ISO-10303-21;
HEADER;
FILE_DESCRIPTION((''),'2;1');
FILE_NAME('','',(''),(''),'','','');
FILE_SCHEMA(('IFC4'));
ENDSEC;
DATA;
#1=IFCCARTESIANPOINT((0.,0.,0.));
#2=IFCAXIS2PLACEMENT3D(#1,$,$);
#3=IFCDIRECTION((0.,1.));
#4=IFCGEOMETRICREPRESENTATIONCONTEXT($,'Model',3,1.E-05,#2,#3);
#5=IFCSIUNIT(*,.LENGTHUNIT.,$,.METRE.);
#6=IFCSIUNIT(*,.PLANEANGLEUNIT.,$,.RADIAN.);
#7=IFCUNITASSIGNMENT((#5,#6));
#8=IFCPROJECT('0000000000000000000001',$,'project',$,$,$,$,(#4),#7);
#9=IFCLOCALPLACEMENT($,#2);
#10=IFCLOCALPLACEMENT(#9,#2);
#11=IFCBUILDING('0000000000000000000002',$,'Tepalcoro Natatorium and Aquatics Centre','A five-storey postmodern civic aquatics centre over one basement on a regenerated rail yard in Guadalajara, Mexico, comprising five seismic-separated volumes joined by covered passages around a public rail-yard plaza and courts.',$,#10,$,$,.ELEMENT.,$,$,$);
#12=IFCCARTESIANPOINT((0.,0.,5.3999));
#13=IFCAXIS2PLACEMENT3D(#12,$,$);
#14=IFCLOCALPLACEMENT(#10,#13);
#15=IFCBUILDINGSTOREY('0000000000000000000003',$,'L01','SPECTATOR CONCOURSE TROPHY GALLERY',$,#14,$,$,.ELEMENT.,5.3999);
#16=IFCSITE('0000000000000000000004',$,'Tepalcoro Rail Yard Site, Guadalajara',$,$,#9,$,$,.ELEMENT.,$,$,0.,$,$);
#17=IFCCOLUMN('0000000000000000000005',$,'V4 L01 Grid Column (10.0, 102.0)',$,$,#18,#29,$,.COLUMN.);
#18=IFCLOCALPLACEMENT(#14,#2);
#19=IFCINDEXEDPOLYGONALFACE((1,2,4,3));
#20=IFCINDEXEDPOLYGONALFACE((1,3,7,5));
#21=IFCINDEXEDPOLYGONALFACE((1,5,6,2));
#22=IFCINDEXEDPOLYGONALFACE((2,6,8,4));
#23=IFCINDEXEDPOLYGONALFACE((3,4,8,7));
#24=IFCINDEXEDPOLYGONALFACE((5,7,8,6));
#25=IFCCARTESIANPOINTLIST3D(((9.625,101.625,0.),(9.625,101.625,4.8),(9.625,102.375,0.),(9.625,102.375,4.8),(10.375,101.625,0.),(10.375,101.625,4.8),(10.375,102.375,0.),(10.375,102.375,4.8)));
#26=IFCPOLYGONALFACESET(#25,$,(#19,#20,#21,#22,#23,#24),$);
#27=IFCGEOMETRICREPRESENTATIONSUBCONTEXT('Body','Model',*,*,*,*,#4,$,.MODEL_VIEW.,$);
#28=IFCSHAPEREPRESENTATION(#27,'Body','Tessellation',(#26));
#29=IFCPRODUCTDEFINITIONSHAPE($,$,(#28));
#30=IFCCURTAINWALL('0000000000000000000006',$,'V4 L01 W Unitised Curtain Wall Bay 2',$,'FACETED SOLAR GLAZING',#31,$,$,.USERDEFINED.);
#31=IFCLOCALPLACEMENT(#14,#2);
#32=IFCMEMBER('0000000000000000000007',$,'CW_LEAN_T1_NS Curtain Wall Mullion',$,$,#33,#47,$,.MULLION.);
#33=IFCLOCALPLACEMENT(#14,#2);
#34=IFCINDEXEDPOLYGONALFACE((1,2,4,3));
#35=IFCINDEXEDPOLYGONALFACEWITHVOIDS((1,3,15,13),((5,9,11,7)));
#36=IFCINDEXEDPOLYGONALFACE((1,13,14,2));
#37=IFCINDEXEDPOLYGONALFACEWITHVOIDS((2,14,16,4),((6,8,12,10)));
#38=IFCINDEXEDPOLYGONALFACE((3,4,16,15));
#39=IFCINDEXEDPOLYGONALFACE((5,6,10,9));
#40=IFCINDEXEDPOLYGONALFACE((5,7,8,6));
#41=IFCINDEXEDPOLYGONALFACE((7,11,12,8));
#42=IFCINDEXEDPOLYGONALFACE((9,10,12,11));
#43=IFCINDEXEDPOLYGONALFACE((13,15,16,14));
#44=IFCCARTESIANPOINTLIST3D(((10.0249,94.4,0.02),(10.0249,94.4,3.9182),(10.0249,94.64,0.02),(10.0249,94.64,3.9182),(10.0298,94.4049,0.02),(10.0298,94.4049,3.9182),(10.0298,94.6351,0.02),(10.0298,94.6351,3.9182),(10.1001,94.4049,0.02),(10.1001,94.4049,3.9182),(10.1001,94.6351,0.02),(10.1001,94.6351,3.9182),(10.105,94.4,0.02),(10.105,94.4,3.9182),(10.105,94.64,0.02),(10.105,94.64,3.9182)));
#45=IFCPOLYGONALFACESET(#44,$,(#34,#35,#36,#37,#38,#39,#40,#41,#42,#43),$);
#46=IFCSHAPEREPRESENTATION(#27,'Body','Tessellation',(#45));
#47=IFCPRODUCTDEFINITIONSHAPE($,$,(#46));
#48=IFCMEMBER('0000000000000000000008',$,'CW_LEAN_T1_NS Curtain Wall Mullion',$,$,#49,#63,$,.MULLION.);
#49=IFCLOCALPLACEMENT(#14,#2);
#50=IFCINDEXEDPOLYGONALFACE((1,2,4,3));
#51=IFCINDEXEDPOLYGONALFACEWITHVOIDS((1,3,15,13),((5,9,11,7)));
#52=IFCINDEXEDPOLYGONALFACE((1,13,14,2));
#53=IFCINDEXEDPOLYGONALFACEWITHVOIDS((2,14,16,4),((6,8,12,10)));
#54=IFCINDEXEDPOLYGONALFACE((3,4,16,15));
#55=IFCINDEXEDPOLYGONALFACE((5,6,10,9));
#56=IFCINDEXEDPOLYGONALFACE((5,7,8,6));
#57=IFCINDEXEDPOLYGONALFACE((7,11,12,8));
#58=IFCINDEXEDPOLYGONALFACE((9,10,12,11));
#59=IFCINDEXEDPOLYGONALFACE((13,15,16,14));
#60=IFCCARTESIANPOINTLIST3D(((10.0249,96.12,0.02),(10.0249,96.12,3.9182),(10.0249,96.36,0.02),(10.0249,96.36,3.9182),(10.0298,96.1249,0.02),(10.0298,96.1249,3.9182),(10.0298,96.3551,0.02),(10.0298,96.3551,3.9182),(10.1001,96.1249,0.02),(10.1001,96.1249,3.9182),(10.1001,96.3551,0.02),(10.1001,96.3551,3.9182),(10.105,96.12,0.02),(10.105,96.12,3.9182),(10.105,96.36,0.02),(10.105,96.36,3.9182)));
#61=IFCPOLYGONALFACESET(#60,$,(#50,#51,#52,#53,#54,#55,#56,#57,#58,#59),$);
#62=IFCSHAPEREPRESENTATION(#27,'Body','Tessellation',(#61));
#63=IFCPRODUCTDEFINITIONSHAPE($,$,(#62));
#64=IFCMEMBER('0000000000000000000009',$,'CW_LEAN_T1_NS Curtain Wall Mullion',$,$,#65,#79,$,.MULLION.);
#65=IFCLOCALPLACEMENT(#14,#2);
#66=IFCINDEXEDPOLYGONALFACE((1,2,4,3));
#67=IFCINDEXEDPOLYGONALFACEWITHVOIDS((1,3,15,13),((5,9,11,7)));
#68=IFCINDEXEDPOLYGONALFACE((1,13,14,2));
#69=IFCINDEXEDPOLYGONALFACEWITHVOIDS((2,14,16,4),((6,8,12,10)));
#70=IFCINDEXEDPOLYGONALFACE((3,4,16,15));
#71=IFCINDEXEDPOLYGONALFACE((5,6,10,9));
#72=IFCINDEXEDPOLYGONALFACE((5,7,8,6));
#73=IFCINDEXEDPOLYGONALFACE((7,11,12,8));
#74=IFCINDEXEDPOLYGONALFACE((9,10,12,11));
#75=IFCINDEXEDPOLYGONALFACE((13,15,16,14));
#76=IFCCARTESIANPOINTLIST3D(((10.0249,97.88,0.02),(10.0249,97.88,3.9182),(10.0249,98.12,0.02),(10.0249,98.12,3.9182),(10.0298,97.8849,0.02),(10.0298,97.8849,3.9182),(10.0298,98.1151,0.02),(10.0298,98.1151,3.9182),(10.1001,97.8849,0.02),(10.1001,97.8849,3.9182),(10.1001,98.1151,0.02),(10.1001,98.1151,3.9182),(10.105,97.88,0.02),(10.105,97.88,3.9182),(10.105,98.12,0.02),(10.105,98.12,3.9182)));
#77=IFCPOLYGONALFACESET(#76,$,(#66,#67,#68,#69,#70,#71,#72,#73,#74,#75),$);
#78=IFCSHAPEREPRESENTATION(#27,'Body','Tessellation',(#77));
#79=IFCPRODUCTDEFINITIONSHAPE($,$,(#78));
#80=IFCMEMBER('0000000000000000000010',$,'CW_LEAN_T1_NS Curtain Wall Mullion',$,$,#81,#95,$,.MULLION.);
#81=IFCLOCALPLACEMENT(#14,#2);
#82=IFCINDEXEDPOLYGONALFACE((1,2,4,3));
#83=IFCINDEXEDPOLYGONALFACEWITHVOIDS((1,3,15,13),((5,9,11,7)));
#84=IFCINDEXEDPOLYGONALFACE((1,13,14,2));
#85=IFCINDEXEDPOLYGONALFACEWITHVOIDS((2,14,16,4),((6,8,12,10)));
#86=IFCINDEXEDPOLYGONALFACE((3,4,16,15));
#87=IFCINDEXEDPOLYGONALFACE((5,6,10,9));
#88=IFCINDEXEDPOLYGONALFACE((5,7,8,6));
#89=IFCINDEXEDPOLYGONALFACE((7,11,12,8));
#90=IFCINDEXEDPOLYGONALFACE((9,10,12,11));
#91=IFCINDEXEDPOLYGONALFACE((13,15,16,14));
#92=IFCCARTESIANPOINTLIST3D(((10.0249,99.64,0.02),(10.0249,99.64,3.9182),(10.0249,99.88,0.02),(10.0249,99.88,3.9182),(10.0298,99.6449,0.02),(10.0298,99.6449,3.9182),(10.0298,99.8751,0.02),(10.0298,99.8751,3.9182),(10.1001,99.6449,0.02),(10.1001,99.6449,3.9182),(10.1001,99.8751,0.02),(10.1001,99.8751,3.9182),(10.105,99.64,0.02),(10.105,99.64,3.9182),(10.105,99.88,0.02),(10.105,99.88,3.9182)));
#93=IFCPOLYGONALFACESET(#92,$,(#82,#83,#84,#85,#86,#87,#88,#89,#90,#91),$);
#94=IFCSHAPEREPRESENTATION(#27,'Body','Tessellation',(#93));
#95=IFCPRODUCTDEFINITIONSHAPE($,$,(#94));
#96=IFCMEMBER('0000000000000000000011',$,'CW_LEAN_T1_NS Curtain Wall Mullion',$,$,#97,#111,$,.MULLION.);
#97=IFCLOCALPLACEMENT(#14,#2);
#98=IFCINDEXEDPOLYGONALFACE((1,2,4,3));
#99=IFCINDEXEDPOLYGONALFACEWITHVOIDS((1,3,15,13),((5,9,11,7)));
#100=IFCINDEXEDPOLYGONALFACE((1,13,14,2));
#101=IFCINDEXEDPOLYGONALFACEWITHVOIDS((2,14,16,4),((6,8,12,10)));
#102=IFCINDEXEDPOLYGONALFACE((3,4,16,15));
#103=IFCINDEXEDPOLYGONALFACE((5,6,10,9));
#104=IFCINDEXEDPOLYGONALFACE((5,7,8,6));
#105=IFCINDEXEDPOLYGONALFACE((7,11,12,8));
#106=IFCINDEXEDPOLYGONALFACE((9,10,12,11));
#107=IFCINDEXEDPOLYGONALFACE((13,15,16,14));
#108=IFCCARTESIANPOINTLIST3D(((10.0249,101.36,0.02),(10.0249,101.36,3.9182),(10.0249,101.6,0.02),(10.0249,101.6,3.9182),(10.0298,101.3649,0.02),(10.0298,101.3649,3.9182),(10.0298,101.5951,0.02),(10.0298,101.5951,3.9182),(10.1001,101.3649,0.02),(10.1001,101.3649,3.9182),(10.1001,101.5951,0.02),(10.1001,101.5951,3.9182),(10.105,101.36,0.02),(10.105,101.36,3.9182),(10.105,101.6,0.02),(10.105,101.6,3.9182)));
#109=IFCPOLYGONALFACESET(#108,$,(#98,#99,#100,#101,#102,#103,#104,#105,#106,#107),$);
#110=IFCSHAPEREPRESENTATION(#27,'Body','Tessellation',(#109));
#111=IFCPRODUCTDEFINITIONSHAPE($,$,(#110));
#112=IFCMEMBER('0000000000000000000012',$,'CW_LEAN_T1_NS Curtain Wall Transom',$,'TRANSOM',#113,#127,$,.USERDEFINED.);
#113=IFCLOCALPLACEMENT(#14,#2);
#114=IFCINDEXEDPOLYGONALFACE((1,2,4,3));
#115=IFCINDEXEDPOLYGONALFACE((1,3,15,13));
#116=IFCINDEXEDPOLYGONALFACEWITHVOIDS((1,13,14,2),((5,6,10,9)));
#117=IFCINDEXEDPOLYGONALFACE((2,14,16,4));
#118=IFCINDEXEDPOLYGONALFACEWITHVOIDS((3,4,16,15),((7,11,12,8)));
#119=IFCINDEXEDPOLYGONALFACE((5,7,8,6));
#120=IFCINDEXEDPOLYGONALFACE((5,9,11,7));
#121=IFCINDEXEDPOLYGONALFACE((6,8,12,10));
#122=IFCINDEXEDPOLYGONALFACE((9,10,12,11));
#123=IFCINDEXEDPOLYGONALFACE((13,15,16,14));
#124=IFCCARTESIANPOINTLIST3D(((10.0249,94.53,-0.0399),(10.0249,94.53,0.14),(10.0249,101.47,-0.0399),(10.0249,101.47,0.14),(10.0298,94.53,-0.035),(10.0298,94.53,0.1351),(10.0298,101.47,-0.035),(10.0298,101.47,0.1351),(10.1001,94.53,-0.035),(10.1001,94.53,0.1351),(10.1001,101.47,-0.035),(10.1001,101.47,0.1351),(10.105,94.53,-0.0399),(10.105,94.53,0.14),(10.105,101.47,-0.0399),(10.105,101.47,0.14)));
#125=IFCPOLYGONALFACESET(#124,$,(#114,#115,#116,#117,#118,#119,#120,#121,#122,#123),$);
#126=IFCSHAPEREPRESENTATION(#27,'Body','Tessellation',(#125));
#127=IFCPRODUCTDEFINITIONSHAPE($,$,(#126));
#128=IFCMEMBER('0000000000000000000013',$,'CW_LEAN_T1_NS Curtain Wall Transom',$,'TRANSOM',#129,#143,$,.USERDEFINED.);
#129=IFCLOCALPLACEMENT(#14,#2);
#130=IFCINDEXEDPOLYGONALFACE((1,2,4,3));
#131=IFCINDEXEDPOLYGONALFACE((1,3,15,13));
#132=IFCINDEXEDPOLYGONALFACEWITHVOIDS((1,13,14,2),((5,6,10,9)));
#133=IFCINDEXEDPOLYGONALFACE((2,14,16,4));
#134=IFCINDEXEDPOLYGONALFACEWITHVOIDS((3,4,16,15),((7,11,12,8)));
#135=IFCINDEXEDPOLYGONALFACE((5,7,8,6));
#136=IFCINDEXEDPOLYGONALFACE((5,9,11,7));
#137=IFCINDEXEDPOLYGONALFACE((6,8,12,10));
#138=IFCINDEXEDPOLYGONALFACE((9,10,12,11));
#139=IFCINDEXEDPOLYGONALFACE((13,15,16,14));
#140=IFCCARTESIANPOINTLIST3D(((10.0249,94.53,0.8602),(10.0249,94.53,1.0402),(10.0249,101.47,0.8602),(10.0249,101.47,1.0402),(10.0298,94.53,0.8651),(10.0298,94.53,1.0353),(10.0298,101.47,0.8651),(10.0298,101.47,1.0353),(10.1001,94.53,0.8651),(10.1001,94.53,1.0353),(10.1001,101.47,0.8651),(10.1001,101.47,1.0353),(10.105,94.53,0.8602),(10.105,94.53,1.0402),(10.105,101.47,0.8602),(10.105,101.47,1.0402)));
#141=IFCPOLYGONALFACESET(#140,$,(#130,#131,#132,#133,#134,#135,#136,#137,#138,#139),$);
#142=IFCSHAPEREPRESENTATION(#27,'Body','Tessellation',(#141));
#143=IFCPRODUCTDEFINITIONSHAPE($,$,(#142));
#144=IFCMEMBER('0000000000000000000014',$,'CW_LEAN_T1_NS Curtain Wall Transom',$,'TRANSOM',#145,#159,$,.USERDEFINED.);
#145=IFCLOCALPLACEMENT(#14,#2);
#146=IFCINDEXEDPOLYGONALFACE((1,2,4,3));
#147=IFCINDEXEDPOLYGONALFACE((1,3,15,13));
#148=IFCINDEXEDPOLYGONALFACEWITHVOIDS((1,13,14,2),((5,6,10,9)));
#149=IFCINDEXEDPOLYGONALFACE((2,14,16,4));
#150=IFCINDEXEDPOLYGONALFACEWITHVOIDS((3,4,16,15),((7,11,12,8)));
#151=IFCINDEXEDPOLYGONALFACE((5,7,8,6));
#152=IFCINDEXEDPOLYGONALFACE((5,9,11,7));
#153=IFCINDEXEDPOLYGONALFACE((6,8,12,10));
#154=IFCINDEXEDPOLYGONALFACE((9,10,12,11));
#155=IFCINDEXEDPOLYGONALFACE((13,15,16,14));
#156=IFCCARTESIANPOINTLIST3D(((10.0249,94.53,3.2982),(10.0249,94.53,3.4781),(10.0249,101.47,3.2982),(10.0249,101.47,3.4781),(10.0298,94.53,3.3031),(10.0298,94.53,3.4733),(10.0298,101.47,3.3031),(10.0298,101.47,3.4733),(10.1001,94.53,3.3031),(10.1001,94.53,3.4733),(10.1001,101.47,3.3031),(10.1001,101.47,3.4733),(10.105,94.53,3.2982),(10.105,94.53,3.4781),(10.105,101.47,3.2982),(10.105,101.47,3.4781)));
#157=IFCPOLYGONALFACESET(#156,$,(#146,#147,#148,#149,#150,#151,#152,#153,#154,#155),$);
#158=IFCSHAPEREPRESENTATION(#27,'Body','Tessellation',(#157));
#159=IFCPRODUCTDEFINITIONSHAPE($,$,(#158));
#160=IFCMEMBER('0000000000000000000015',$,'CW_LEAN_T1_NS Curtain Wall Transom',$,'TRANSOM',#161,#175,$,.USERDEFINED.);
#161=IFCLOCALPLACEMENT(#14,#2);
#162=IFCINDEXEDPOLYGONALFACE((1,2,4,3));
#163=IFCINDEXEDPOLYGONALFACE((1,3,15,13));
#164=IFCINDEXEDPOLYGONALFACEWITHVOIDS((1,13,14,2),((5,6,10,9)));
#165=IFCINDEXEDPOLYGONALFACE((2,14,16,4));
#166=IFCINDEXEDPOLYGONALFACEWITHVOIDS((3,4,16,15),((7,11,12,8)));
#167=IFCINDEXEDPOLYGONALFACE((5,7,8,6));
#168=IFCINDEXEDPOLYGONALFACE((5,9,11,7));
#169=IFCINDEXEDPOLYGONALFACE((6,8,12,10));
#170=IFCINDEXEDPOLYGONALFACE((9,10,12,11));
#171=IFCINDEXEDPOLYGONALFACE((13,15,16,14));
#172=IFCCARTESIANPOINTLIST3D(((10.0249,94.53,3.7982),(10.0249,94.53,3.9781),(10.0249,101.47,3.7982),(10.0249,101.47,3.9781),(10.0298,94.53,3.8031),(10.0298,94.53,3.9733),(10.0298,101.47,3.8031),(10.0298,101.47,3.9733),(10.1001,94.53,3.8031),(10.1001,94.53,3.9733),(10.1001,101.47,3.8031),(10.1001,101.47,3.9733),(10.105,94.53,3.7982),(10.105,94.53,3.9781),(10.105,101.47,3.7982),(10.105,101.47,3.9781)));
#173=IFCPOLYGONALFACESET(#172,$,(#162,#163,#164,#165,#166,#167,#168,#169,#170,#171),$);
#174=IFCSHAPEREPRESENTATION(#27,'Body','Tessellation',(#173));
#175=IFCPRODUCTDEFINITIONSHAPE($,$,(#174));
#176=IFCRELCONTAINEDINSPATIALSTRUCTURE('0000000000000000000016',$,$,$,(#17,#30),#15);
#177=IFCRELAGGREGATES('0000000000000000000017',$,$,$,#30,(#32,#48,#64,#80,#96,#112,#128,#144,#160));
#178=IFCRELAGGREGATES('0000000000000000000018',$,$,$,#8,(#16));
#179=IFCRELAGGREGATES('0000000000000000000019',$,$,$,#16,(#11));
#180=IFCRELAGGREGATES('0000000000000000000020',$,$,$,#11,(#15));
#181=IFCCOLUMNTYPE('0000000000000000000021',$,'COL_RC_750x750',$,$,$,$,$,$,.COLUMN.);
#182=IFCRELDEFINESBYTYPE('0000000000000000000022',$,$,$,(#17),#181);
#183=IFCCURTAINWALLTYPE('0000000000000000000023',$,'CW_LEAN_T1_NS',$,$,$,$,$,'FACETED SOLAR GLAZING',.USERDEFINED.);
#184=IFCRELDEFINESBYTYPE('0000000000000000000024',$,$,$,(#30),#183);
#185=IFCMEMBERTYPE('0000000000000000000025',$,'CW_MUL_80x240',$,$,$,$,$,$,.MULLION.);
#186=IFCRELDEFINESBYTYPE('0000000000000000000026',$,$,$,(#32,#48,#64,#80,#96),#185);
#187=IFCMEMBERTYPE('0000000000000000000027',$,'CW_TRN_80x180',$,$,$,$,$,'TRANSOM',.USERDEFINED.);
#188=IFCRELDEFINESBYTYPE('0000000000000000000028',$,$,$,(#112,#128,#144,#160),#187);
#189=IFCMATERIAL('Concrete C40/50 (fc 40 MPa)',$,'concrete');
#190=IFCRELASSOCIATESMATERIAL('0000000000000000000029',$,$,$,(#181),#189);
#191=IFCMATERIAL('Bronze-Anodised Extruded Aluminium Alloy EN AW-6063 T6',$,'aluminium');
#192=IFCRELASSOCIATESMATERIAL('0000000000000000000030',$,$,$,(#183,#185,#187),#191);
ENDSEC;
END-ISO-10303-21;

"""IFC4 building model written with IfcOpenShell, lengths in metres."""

from ifc_helpers import new_model, si_unit, direction, frame, origin, origin_2d, place, context, subcontext, project, spatial, rectangle, hollow_rectangle, extrude, material, material_profile, profile_set, type_object, element, aggregate, save


model = new_model("IFC4")

# Units and contexts
model_context = context("Model", 3, precision=1e-05, world=origin(), true_north=direction((0.0, 1.0)))
body_context = subcontext(model_context, "Body", "Model", "MODEL_VIEW")
ifc_project = project(units=[si_unit("LENGTHUNIT", "METRE"), si_unit("PLANEANGLEUNIT", "RADIAN")], contexts=[model_context])

# Site, building, storey
site_placement = place(None, origin())
site = spatial("IfcSite", under=ifc_project, at=site_placement, Name="Tepalcoro Rail Yard Site, Guadalajara", CompositionType="ELEMENT", RefElevation=0.0)
building_placement = place(site_placement, origin())
building = spatial("IfcBuilding", under=site, at=building_placement, Name="Tepalcoro Natatorium and Aquatics Centre", Description="A five-storey postmodern civic aquatics centre over one basement on a regenerated rail yard in Guadalajara, Mexico, comprising five seismic-separated volumes joined by covered passages around a public rail-yard plaza and courts.", CompositionType="ELEMENT")
storey_placement = place(building_placement, frame((0.0, 0.0, 5.3999)))
storey = spatial("IfcBuildingStorey", under=building, at=storey_placement, Name="L01", Description="SPECTATOR CONCOURSE TROPHY GALLERY", CompositionType="ELEMENT", Elevation=5.3999)

# Column
ifc_material_1 = material(Name="Concrete C40/50 (fc 40 MPa)", Category="concrete")
ifc_material_profile_1 = material_profile(ifc_material_1, rectangle(XDim=0.75, YDim=0.75, at=origin_2d()), Name="RC750x750")
ifc_profile_set_1 = profile_set([ifc_material_profile_1], Name="Concrete C40/50 (fc 40 MPa)")
column_type = type_object("IfcColumnType", Name="COL_RC_750x750", PredefinedType="COLUMN", material=ifc_profile_set_1)
column_placement = place(storey_placement, frame((10.0, 102.0, 0.0), z_axis=(0.0, 0.0, 1.0), x_axis=(1.0, 0.0, 0.0)))
element("IfcColumn", 1, at=column_placement, inside=storey, type_object=column_type, Name="V4 L01 Grid Column (10.0, 102.0)", PredefinedType="COLUMN", context=body_context, shape_type="SweptSolid", body=[
    extrude(rectangle(XDim=0.75, YDim=0.75, at=origin_2d()), origin(), (0.0, 0.0, 1.0), 4.8),
])

# Curtain wall, members
ifc_material_2 = material(Name="Bronze-Anodised Extruded Aluminium Alloy EN AW-6063 T6", Category="aluminium")
curtain_wall_type = type_object("IfcCurtainWallType", Name="CW_LEAN_T1_NS", ElementType="FACETED SOLAR GLAZING", PredefinedType="USERDEFINED", material=ifc_material_2)
curtain_wall_placement = place(storey_placement, origin())
curtain_wall = element("IfcCurtainWall", 2, at=curtain_wall_placement, inside=storey, type_object=curtain_wall_type, Name="V4 L01 W Unitised Curtain Wall Bay 2", ObjectType="FACETED SOLAR GLAZING", PredefinedType="USERDEFINED")
ifc_material_profile_2 = material_profile(ifc_material_2, hollow_rectangle(XDim=0.0801, YDim=0.24, WallThickness=0.0049, at=origin_2d()), Name="AL80X240X5")
ifc_profile_set_2 = profile_set([ifc_material_profile_2], Name="Bronze-Anodised Extruded Aluminium Alloy EN AW-6063 T6")
member_type_1 = type_object("IfcMemberType", Name="CW_MUL_80x240", PredefinedType="MULLION", material=ifc_profile_set_2)
member_1_placement = place(storey_placement, frame((10.0649, 94.52, 0.02), z_axis=(0.0, 0.0, 1.0), x_axis=(1.0, 0.0, 0.0)))
member_1 = element("IfcMember", 3, at=member_1_placement, type_object=member_type_1, Name="CW_LEAN_T1_NS Curtain Wall Mullion", PredefinedType="MULLION", context=body_context, shape_type="SweptSolid", body=[
    extrude(hollow_rectangle(XDim=0.0801, YDim=0.24, WallThickness=0.0049, at=origin_2d()), origin(), (0.0, 0.0, 1.0), 3.8982),
])
member_2_placement = place(storey_placement, frame((10.0649, 96.24, 0.02), z_axis=(0.0, 0.0, 1.0), x_axis=(1.0, 0.0, 0.0)))
member_2 = element("IfcMember", 4, at=member_2_placement, type_object=member_type_1, Name="CW_LEAN_T1_NS Curtain Wall Mullion", PredefinedType="MULLION", context=body_context, shape_type="SweptSolid", body=[
    extrude(hollow_rectangle(XDim=0.0801, YDim=0.24, WallThickness=0.0049, at=origin_2d()), origin(), (0.0, 0.0, 1.0), 3.8982),
])
member_3_placement = place(storey_placement, frame((10.0649, 98.0, 0.02), z_axis=(0.0, 0.0, 1.0), x_axis=(1.0, 0.0, 0.0)))
member_3 = element("IfcMember", 5, at=member_3_placement, type_object=member_type_1, Name="CW_LEAN_T1_NS Curtain Wall Mullion", PredefinedType="MULLION", context=body_context, shape_type="SweptSolid", body=[
    extrude(hollow_rectangle(XDim=0.0801, YDim=0.24, WallThickness=0.0049, at=origin_2d()), origin(), (0.0, 0.0, 1.0), 3.8982),
])
member_4_placement = place(storey_placement, frame((10.0649, 99.76, 0.02), z_axis=(0.0, 0.0, 1.0), x_axis=(1.0, 0.0, 0.0)))
member_4 = element("IfcMember", 6, at=member_4_placement, type_object=member_type_1, Name="CW_LEAN_T1_NS Curtain Wall Mullion", PredefinedType="MULLION", context=body_context, shape_type="SweptSolid", body=[
    extrude(hollow_rectangle(XDim=0.0801, YDim=0.24, WallThickness=0.0049, at=origin_2d()), origin(), (0.0, 0.0, 1.0), 3.8982),
])
member_5_placement = place(storey_placement, frame((10.0649, 101.48, 0.02), z_axis=(0.0, 0.0, 1.0), x_axis=(1.0, 0.0, 0.0)))
member_5 = element("IfcMember", 7, at=member_5_placement, type_object=member_type_1, Name="CW_LEAN_T1_NS Curtain Wall Mullion", PredefinedType="MULLION", context=body_context, shape_type="SweptSolid", body=[
    extrude(hollow_rectangle(XDim=0.0801, YDim=0.24, WallThickness=0.0049, at=origin_2d()), origin(), (0.0, 0.0, 1.0), 3.8982),
])
ifc_material_profile_3 = material_profile(ifc_material_2, hollow_rectangle(XDim=0.0801, YDim=0.1799, WallThickness=0.0049, at=origin_2d()), Name="AL80X180X5")
ifc_profile_set_3 = profile_set([ifc_material_profile_3], Name="Bronze-Anodised Extruded Aluminium Alloy EN AW-6063 T6")
member_type_2 = type_object("IfcMemberType", Name="CW_TRN_80x180", ElementType="TRANSOM", PredefinedType="USERDEFINED", material=ifc_profile_set_3)
member_6_placement = place(storey_placement, frame((10.0649, 94.53, 0.05), z_axis=(0.0, 1.0, 0.0), x_axis=(-1.0, 0.0, 0.0)))
member_6 = element("IfcMember", 8, at=member_6_placement, type_object=member_type_2, Name="CW_LEAN_T1_NS Curtain Wall Transom", ObjectType="TRANSOM", PredefinedType="USERDEFINED", context=body_context, shape_type="SweptSolid", body=[
    extrude(hollow_rectangle(XDim=0.0801, YDim=0.1799, WallThickness=0.0049, at=origin_2d()), origin(), (0.0, 0.0, 1.0), 6.9399),
])
member_7_placement = place(storey_placement, frame((10.0649, 94.53, 0.9502), z_axis=(0.0, 1.0, 0.0), x_axis=(-1.0, 0.0, 0.0)))
member_7 = element("IfcMember", 9, at=member_7_placement, type_object=member_type_2, Name="CW_LEAN_T1_NS Curtain Wall Transom", ObjectType="TRANSOM", PredefinedType="USERDEFINED", context=body_context, shape_type="SweptSolid", body=[
    extrude(hollow_rectangle(XDim=0.0801, YDim=0.1799, WallThickness=0.0049, at=origin_2d()), origin(), (0.0, 0.0, 1.0), 6.9399),
])
member_8_placement = place(storey_placement, frame((10.0649, 94.53, 3.3882), z_axis=(0.0, 1.0, 0.0), x_axis=(-1.0, 0.0, 0.0)))
member_8 = element("IfcMember", 10, at=member_8_placement, type_object=member_type_2, Name="CW_LEAN_T1_NS Curtain Wall Transom", ObjectType="TRANSOM", PredefinedType="USERDEFINED", context=body_context, shape_type="SweptSolid", body=[
    extrude(hollow_rectangle(XDim=0.0801, YDim=0.1799, WallThickness=0.0049, at=origin_2d()), origin(), (0.0, 0.0, 1.0), 6.9399),
])
member_9_placement = place(storey_placement, frame((10.0649, 94.53, 3.8882), z_axis=(0.0, 1.0, 0.0), x_axis=(-1.0, 0.0, 0.0)))
member_9 = element("IfcMember", 11, at=member_9_placement, type_object=member_type_2, Name="CW_LEAN_T1_NS Curtain Wall Transom", ObjectType="TRANSOM", PredefinedType="USERDEFINED", context=body_context, shape_type="SweptSolid", body=[
    extrude(hollow_rectangle(XDim=0.0801, YDim=0.1799, WallThickness=0.0049, at=origin_2d()), origin(), (0.0, 0.0, 1.0), 6.9399),
])

aggregate(curtain_wall, [member_1, member_2, member_3, member_4, member_5, member_6, member_7, member_8, member_9])

save(model, "model.ifc")
